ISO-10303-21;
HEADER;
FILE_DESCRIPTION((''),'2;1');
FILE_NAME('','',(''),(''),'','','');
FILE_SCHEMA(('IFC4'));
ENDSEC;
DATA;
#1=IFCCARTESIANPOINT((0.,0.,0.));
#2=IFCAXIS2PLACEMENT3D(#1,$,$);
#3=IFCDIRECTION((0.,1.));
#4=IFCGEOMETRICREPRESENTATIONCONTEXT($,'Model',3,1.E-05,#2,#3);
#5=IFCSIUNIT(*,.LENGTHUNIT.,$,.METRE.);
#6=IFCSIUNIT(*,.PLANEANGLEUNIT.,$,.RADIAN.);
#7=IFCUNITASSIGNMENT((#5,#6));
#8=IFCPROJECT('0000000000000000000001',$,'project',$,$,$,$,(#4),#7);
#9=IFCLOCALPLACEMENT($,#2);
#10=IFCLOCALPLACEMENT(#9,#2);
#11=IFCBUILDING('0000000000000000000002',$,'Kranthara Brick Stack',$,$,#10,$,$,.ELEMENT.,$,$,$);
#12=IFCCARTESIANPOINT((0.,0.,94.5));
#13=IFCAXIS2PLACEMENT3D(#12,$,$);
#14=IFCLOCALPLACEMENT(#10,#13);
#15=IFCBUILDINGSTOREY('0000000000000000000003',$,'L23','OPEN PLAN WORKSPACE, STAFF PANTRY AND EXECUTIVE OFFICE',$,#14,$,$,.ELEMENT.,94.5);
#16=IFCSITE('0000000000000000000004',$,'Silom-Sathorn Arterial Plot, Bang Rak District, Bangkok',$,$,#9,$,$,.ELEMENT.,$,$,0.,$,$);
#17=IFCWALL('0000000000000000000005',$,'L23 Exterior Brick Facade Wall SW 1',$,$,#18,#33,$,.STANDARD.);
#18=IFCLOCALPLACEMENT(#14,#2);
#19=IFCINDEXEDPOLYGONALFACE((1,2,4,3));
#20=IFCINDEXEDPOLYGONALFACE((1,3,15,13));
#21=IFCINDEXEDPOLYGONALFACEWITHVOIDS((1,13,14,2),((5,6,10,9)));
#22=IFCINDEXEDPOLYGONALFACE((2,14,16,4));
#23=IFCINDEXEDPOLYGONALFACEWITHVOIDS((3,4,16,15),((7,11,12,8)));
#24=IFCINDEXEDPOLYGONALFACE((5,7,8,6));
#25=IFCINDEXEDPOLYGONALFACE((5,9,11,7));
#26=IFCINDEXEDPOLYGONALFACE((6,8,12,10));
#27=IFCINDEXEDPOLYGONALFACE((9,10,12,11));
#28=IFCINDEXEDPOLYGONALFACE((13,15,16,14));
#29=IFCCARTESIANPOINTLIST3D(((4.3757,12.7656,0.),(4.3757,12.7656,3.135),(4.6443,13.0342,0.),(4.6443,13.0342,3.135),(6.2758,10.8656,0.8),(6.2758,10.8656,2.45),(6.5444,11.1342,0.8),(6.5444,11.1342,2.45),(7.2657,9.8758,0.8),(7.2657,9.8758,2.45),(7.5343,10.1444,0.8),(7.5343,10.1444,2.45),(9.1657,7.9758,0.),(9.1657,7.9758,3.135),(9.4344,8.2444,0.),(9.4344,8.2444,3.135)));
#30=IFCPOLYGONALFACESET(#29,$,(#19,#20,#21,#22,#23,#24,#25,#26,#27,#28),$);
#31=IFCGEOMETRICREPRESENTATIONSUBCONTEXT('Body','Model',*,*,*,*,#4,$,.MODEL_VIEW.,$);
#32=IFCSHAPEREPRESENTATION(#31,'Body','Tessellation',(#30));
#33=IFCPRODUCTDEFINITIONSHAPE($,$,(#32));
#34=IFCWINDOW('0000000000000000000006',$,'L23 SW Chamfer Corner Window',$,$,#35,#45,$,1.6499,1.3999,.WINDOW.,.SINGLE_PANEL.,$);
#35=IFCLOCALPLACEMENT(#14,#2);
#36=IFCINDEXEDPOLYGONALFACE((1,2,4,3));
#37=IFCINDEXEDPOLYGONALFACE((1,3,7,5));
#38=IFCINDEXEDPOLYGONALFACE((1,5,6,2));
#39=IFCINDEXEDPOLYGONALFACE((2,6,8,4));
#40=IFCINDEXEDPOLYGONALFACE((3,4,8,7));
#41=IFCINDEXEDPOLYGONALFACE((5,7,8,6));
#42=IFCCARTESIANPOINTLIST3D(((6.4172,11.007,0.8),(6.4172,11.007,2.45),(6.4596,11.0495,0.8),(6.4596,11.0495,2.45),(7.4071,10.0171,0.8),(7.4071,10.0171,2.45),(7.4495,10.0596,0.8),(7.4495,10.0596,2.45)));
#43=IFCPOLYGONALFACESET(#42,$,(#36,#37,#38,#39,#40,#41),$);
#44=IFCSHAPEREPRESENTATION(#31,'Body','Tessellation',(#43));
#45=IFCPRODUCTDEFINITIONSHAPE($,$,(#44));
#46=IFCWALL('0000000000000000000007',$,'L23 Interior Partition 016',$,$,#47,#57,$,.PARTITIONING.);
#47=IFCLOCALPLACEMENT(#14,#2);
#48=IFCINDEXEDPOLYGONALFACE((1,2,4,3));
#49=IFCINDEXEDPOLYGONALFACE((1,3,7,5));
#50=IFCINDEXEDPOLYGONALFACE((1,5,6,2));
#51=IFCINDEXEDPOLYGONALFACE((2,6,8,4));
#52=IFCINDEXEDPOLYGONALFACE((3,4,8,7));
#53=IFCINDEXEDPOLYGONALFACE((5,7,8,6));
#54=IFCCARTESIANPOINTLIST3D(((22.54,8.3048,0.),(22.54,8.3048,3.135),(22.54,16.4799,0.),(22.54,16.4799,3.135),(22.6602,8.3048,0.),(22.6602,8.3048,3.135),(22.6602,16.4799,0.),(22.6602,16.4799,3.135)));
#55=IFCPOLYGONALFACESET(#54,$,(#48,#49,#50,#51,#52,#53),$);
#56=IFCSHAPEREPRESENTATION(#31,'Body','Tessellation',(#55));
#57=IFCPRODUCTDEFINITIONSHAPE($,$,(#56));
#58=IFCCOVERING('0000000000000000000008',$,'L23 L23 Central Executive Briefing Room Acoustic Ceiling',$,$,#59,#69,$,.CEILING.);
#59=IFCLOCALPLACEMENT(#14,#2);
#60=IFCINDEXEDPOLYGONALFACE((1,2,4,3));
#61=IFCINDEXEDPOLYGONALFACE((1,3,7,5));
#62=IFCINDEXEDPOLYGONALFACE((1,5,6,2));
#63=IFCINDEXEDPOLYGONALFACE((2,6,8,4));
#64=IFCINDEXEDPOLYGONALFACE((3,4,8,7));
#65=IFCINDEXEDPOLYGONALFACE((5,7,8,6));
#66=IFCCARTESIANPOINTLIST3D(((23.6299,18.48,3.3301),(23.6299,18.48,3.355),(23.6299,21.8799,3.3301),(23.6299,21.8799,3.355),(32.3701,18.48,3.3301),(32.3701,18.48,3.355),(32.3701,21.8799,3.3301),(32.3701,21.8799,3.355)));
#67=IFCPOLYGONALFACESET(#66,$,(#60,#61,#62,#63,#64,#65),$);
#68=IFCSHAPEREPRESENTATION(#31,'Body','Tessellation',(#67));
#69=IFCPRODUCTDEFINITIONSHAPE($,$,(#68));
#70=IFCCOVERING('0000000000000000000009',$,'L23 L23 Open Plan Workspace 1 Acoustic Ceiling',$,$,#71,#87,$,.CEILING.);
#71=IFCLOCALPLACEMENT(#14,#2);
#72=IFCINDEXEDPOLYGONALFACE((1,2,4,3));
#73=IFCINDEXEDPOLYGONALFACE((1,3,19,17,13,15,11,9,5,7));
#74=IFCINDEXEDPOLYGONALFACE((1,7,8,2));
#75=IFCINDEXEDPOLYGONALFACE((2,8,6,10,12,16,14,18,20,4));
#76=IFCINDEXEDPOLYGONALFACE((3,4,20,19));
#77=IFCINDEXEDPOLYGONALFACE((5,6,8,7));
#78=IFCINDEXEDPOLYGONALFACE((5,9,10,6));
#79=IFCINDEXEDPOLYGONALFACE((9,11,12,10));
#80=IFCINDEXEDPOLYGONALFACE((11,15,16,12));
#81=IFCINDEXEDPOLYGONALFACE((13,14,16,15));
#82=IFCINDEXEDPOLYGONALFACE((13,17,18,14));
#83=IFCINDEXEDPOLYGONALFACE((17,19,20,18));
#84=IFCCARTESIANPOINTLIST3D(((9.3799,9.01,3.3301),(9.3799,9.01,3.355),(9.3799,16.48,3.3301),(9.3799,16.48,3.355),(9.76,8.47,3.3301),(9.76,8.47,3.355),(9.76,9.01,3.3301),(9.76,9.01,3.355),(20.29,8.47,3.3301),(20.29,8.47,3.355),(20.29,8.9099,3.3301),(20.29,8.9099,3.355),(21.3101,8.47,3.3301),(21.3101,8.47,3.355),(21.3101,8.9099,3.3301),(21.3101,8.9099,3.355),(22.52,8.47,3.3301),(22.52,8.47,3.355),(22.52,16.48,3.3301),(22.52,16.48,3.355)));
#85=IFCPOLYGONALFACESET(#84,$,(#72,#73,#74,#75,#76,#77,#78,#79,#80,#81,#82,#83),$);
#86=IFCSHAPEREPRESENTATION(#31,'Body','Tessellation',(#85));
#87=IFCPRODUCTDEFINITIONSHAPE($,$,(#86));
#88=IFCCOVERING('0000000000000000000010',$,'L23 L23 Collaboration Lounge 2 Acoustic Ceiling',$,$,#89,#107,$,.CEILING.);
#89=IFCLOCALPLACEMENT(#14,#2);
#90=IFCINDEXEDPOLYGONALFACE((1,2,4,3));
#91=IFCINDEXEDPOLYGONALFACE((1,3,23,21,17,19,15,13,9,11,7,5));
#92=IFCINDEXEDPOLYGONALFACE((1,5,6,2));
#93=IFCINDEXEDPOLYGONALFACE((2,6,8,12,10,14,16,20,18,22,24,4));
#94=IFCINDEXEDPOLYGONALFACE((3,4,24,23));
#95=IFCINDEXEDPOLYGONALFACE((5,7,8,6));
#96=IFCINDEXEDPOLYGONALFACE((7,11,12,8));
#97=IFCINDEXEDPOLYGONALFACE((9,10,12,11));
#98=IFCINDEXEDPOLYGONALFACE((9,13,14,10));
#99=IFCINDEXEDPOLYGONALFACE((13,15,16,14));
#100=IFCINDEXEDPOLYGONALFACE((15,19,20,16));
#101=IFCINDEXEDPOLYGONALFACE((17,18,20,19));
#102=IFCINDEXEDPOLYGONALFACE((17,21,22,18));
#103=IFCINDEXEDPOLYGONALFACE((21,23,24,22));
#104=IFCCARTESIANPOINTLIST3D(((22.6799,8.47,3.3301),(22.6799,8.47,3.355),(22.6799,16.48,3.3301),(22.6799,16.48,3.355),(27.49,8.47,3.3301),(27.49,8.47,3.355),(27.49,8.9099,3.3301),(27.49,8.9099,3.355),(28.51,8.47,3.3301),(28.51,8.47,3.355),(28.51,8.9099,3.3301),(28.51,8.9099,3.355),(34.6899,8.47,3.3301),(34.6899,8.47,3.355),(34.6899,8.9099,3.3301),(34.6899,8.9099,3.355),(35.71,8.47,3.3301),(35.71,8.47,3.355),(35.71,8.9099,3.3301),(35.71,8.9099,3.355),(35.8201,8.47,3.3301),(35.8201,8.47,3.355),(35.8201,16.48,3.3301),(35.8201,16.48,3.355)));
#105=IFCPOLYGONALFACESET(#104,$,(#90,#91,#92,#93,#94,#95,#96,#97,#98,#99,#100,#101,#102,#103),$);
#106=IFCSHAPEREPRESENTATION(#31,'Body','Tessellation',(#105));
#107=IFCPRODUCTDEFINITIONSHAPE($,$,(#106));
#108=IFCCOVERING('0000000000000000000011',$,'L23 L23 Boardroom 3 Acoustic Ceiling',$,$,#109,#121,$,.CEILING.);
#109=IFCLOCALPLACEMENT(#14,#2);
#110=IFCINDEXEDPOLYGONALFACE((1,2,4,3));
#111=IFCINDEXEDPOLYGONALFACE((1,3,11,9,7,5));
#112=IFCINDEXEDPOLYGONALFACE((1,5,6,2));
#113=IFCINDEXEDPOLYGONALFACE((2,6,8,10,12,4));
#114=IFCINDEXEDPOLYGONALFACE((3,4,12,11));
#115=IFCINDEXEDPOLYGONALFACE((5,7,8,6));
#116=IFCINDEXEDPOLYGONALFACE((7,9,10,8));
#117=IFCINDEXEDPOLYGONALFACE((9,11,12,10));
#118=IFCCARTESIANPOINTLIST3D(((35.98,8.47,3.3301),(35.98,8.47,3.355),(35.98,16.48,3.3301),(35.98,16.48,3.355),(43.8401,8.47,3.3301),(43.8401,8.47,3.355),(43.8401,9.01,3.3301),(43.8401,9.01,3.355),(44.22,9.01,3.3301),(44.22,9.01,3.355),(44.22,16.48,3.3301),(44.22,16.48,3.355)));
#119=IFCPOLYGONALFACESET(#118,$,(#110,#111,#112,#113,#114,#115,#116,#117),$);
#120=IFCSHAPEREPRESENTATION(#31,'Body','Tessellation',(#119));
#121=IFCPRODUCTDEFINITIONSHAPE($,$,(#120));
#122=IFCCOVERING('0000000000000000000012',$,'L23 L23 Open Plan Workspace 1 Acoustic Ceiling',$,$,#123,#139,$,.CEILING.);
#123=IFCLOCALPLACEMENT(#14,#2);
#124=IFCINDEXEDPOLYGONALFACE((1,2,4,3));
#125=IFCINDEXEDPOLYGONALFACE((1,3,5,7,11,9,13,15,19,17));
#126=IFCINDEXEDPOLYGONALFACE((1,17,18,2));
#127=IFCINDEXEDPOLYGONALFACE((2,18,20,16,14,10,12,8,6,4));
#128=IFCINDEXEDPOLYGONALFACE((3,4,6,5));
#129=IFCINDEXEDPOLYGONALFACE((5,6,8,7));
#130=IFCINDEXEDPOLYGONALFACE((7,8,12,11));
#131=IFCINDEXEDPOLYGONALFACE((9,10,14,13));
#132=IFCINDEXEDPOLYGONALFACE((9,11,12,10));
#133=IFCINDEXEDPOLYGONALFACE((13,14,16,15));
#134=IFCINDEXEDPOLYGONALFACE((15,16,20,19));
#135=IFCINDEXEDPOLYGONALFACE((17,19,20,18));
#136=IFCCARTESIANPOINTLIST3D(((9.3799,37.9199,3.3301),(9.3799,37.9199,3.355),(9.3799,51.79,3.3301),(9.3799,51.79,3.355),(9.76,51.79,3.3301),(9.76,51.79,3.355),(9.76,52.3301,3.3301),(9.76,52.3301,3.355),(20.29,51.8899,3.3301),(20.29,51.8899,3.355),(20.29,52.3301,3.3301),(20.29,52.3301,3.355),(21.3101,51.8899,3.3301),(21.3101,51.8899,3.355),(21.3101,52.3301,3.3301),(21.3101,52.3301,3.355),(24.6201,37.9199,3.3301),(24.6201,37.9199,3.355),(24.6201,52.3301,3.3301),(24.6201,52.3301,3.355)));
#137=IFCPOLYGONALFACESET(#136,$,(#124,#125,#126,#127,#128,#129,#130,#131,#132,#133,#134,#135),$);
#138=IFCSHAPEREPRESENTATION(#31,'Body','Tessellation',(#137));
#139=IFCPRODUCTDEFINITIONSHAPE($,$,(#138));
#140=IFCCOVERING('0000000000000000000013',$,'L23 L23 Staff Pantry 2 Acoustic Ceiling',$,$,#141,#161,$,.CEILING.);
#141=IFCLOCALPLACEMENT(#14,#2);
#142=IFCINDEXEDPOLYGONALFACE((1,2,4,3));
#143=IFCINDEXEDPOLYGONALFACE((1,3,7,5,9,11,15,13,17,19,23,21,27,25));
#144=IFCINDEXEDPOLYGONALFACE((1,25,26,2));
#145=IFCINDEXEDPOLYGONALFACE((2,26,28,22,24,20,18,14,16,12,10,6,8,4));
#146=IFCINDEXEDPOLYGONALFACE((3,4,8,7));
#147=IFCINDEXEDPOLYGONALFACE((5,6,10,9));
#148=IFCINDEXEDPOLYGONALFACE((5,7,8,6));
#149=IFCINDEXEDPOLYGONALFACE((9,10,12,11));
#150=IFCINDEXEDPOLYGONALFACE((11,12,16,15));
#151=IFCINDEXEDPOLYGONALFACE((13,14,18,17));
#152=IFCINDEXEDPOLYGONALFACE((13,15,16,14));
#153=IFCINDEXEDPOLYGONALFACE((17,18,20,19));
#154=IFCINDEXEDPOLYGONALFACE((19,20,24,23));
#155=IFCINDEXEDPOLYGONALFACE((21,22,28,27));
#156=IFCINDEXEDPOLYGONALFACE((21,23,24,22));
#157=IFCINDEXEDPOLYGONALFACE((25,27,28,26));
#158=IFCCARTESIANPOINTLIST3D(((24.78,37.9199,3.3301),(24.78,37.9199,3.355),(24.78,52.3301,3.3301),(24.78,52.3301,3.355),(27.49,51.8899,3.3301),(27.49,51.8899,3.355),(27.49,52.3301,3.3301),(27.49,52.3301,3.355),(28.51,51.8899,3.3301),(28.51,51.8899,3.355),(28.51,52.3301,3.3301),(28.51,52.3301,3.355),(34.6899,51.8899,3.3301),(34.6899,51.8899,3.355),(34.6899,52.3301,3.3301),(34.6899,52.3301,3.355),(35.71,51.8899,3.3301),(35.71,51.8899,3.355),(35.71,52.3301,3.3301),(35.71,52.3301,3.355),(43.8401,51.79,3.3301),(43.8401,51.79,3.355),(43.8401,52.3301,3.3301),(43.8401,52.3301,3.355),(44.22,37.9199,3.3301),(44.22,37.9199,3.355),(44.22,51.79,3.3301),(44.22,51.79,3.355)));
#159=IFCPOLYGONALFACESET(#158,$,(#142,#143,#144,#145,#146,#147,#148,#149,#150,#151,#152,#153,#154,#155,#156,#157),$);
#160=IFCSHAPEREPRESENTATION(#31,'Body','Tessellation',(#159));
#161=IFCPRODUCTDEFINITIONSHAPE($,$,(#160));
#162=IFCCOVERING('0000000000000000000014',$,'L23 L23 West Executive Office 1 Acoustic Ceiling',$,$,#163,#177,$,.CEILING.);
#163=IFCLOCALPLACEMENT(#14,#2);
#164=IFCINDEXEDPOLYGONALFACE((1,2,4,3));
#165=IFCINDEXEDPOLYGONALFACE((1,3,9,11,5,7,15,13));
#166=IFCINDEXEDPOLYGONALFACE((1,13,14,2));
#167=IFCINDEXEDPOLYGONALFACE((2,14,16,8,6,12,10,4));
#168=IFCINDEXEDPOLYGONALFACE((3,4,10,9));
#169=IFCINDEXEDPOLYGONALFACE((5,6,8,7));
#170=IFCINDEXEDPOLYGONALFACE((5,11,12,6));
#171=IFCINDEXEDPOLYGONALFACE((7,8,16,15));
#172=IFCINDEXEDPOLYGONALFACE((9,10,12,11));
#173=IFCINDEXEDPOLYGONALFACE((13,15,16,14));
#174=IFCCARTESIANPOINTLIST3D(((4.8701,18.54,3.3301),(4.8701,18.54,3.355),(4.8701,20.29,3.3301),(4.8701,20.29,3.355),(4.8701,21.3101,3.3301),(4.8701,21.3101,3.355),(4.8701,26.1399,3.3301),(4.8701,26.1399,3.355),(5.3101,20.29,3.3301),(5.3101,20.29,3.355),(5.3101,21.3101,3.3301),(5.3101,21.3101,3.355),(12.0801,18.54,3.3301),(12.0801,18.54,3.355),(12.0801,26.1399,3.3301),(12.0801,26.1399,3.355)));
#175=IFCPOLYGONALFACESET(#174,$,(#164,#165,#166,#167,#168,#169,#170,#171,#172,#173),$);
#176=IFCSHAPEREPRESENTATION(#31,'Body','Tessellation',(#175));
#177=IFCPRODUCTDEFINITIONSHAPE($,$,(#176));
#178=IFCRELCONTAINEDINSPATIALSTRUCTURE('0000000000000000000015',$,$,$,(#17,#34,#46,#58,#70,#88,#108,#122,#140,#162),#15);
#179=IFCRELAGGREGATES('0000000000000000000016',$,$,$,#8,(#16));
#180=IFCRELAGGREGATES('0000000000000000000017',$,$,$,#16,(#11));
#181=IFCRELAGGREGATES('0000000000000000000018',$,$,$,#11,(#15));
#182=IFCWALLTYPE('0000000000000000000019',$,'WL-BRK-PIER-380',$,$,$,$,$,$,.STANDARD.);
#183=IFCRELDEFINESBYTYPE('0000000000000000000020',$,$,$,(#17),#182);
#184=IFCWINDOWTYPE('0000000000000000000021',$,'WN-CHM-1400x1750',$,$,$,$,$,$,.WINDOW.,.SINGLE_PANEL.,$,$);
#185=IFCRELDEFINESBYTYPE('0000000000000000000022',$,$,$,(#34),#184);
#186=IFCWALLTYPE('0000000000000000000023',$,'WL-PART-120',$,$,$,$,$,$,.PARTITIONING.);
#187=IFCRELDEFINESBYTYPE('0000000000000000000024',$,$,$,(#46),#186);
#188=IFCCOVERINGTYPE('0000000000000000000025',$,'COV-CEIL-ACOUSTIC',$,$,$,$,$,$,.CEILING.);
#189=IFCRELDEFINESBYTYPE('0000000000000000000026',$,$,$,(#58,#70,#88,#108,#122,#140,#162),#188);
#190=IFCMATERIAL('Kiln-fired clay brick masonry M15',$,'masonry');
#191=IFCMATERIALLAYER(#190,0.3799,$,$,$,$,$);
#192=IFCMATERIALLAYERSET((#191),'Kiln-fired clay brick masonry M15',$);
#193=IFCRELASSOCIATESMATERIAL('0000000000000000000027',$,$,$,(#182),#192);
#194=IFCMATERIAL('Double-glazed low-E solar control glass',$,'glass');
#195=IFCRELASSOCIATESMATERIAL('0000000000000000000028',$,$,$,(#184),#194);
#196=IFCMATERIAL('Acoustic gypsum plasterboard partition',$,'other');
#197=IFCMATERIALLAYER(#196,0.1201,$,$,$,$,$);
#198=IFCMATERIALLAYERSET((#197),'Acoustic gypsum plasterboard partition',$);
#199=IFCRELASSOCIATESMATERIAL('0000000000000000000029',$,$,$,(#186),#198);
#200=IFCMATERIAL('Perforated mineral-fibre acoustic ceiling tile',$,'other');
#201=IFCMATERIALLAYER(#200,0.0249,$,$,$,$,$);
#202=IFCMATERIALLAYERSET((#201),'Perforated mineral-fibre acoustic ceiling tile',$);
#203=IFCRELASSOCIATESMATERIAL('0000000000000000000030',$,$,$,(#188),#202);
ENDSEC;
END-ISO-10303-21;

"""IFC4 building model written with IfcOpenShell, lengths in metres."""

from ifc_helpers import new_model, si_unit, direction, frame, frame_2d, origin, place, context, subcontext, project, spatial, polyline, rectangle, outline, extrude, material, layer, layer_set, type_object, element, fill, save


model = new_model("IFC4")

# Units and contexts
model_context = context("Model", 3, precision=1e-05, world=origin(), true_north=direction((0.0, 1.0)))
body_context = subcontext(model_context, "Body", "Model", "MODEL_VIEW")
ifc_project = project(units=[si_unit("LENGTHUNIT", "METRE"), si_unit("PLANEANGLEUNIT", "RADIAN")], contexts=[model_context])

# Site, building, storey
site_placement = place(None, origin())
site = spatial("IfcSite", under=ifc_project, at=site_placement, Name="Silom-Sathorn Arterial Plot, Bang Rak District, Bangkok", CompositionType="ELEMENT", RefElevation=0.0)
building_placement = place(site_placement, origin())
building = spatial("IfcBuilding", under=site, at=building_placement, Name="Kranthara Brick Stack", CompositionType="ELEMENT")
storey_placement = place(building_placement, frame((0.0, 0.0, 94.5)))
storey = spatial("IfcBuildingStorey", under=building, at=storey_placement, Name="L23", Description="OPEN PLAN WORKSPACE, STAFF PANTRY AND EXECUTIVE OFFICE", CompositionType="ELEMENT", Elevation=94.5)

# Wall, opening, window
ifc_material_1 = material(Name="Kiln-fired clay brick masonry M15", Category="masonry")
ifc_layer_1 = layer(ifc_material_1, 0.3799)
ifc_layer_set_1 = layer_set([ifc_layer_1], Name="Kiln-fired clay brick masonry M15")
wall_type_1 = type_object("IfcWallType", Name="WL-BRK-PIER-380", PredefinedType="STANDARD", material=ifc_layer_set_1)
wall_1_placement = place(storey_placement, frame((9.3, 8.1101, 0.0), z_axis=(0.0, 0.0, 1.0), x_axis=(-0.707125, 0.707089, 0.0)))
wall_1 = element("IfcWall", 1, at=wall_1_placement, inside=storey, type_object=wall_type_1, Name="L23 Exterior Brick Facade Wall SW 1", PredefinedType="STANDARD", context=body_context, shape_type="SweptSolid", body=[
    extrude(rectangle(XDim=6.7739, YDim=0.3799, at=frame_2d((3.387, 0.0))), origin(), (0.0, 0.0, 1.0), 3.135),
])
opening_1_placement = place(wall_1_placement, frame((2.687, 0.0, 0.8)))
opening_1 = element("IfcOpeningElement", 2, at=opening_1_placement, cuts=wall_1, PredefinedType="OPENING", context=body_context, shape_type="SweptSolid", body=[
    extrude(rectangle(XDim=1.3999, YDim=1.6499, at=frame_2d((0.7, 0.825))), frame((0.0, 0.2, 0.0), z_axis=(0.0, -1.0, 0.0), x_axis=(1.0, 0.0, 0.0)), (0.0, 0.0, 1.0), 0.3999),
])
ifc_material_2 = material(Name="Double-glazed low-E solar control glass", Category="glass")
window_type = type_object("IfcWindowType", Name="WN-CHM-1400x1750", PartitioningType="SINGLE_PANEL", PredefinedType="WINDOW", material=ifc_material_2)
window_placement = place(opening_1_placement, origin())
window = element("IfcWindow", 3, at=window_placement, inside=storey, type_object=window_type, Name="L23 SW Chamfer Corner Window", OverallHeight=1.6499, OverallWidth=1.3999, PartitioningType="SINGLE_PANEL", PredefinedType="WINDOW", context=body_context, shape_type="SweptSolid", body=[
    extrude(rectangle(XDim=1.3999, YDim=1.6499, at=frame_2d((0.7, 0.825))), frame((0.0, -0.01, 0.0), z_axis=(0.0, -1.0, 0.0), x_axis=(1.0, 0.0, 0.0)), (0.0, 0.0, 1.0), 0.0601),
])
fill(opening_1, window)

# Wall
ifc_material_3 = material(Name="Acoustic gypsum plasterboard partition", Category="other")
ifc_layer_2 = layer(ifc_material_3, 0.1201)
ifc_layer_set_2 = layer_set([ifc_layer_2], Name="Acoustic gypsum plasterboard partition")
wall_type_2 = type_object("IfcWallType", Name="WL-PART-120", PredefinedType="PARTITIONING", material=ifc_layer_set_2)
wall_2_placement = place(storey_placement, frame((22.6001, 8.3049, 0.0), z_axis=(0.0, 0.0, 1.0), x_axis=(0.0, 1.0, 0.0)))
element("IfcWall", 4, at=wall_2_placement, inside=storey, type_object=wall_type_2, Name="L23 Interior Partition 016", PredefinedType="PARTITIONING", context=body_context, shape_type="SweptSolid", body=[
    extrude(rectangle(XDim=8.175, YDim=0.1201, at=frame_2d((4.0874, 0.0))), origin(), (0.0, 0.0, 1.0), 3.135),
])

# Coverings
ifc_material_4 = material(Name="Perforated mineral-fibre acoustic ceiling tile", Category="other")
ifc_layer_3 = layer(ifc_material_4, 0.0249)
ifc_layer_set_3 = layer_set([ifc_layer_3], Name="Perforated mineral-fibre acoustic ceiling tile")
covering_type_1 = type_object("IfcCoveringType", Name="COV-CEIL-ACOUSTIC", PredefinedType="CEILING", material=ifc_layer_set_3)
covering_1_placement = place(storey_placement, frame((0.0, 0.0, 3.3301)))
element("IfcCovering", 5, at=covering_1_placement, inside=storey, type_object=covering_type_1, Name="L23 L23 Central Executive Briefing Room Acoustic Ceiling", PredefinedType="CEILING", context=body_context, shape_type="SweptSolid", body=[
    extrude(outline(polyline([(32.3701, 18.48), (32.3701, 21.8799), (23.6299, 21.8799), (23.6299, 18.48), (32.3701, 18.48)])), origin(), (0.0, 0.0, 1.0), 0.0249),
])
covering_2_placement = place(storey_placement, frame((0.0, 0.0, 3.3301)))
element("IfcCovering", 6, at=covering_2_placement, inside=storey, type_object=covering_type_1, Name="L23 L23 Open Plan Workspace 1 Acoustic Ceiling", PredefinedType="CEILING", context=body_context, shape_type="SweptSolid", body=[
    extrude(outline(polyline([(22.52, 16.48), (22.52, 8.47), (21.3101, 8.47), (21.3101, 8.9099), (20.29, 8.9099), (20.29, 8.47), (9.76, 8.47), (9.76, 9.01), (9.3799, 9.01), (9.3799, 16.48), (22.52, 16.48)])), origin(), (0.0, 0.0, 1.0), 0.0249),
])
covering_3_placement = place(storey_placement, frame((0.0, 0.0, 3.3301)))
element("IfcCovering", 7, at=covering_3_placement, inside=storey, type_object=covering_type_1, Name="L23 L23 Collaboration Lounge 2 Acoustic Ceiling", PredefinedType="CEILING", context=body_context, shape_type="SweptSolid", body=[
    extrude(outline(polyline([(22.6799, 16.48), (35.8201, 16.48), (35.8201, 8.47), (35.71, 8.47), (35.71, 8.9099), (34.6899, 8.9099), (34.6899, 8.47), (28.51, 8.47), (28.51, 8.9099), (27.49, 8.9099), (27.49, 8.47), (22.6799, 8.47), (22.6799, 16.48)])), origin(), (0.0, 0.0, 1.0), 0.0249),
])
covering_4_placement = place(storey_placement, frame((0.0, 0.0, 3.3301)))
element("IfcCovering", 8, at=covering_4_placement, inside=storey, type_object=covering_type_1, Name="L23 L23 Boardroom 3 Acoustic Ceiling", PredefinedType="CEILING", context=body_context, shape_type="SweptSolid", body=[
    extrude(outline(polyline([(35.98, 8.47), (35.98, 16.48), (44.22, 16.48), (44.22, 9.01), (43.8401, 9.01), (43.8401, 8.47), (35.98, 8.47)])), origin(), (0.0, 0.0, 1.0), 0.0249),
])
covering_5_placement = place(storey_placement, frame((0.0, 0.0, 3.3301)))
element("IfcCovering", 9, at=covering_5_placement, inside=storey, type_object=covering_type_1, Name="L23 L23 Open Plan Workspace 1 Acoustic Ceiling", PredefinedType="CEILING", context=body_context, shape_type="SweptSolid", body=[
    extrude(outline(polyline([(24.6201, 37.9199), (9.3799, 37.9199), (9.3799, 51.79), (9.76, 51.79), (9.76, 52.3301), (20.29, 52.3301), (20.29, 51.8899), (21.3101, 51.8899), (21.3101, 52.3301), (24.6201, 52.3301), (24.6201, 37.9199)])), origin(), (0.0, 0.0, 1.0), 0.0249),
])
covering_6_placement = place(storey_placement, frame((0.0, 0.0, 3.3301)))
element("IfcCovering", 10, at=covering_6_placement, inside=storey, type_object=covering_type_1, Name="L23 L23 Staff Pantry 2 Acoustic Ceiling", PredefinedType="CEILING", context=body_context, shape_type="SweptSolid", body=[
    extrude(outline(polyline([(24.78, 37.9199), (24.78, 52.3301), (27.49, 52.3301), (27.49, 51.8899), (28.51, 51.8899), (28.51, 52.3301), (34.6899, 52.3301), (34.6899, 51.8899), (35.71, 51.8899), (35.71, 52.3301), (43.8401, 52.3301), (43.8401, 51.79), (44.22, 51.79), (44.22, 37.9199), (24.78, 37.9199)])), origin(), (0.0, 0.0, 1.0), 0.0249),
])
covering_7_placement = place(storey_placement, frame((0.0, 0.0, 3.3301)))
element("IfcCovering", 11, at=covering_7_placement, inside=storey, type_object=covering_type_1, Name="L23 L23 West Executive Office 1 Acoustic Ceiling", PredefinedType="CEILING", context=body_context, shape_type="SweptSolid", body=[
    extrude(outline(polyline([(4.8701, 26.1399), (12.0801, 26.1399), (12.0801, 18.54), (4.8701, 18.54), (4.8701, 20.29), (5.3101, 20.29), (5.3101, 21.3101), (4.8701, 21.3101), (4.8701, 26.1399)])), origin(), (0.0, 0.0, 1.0), 0.0249),
])

save(model, "model.ifc")
